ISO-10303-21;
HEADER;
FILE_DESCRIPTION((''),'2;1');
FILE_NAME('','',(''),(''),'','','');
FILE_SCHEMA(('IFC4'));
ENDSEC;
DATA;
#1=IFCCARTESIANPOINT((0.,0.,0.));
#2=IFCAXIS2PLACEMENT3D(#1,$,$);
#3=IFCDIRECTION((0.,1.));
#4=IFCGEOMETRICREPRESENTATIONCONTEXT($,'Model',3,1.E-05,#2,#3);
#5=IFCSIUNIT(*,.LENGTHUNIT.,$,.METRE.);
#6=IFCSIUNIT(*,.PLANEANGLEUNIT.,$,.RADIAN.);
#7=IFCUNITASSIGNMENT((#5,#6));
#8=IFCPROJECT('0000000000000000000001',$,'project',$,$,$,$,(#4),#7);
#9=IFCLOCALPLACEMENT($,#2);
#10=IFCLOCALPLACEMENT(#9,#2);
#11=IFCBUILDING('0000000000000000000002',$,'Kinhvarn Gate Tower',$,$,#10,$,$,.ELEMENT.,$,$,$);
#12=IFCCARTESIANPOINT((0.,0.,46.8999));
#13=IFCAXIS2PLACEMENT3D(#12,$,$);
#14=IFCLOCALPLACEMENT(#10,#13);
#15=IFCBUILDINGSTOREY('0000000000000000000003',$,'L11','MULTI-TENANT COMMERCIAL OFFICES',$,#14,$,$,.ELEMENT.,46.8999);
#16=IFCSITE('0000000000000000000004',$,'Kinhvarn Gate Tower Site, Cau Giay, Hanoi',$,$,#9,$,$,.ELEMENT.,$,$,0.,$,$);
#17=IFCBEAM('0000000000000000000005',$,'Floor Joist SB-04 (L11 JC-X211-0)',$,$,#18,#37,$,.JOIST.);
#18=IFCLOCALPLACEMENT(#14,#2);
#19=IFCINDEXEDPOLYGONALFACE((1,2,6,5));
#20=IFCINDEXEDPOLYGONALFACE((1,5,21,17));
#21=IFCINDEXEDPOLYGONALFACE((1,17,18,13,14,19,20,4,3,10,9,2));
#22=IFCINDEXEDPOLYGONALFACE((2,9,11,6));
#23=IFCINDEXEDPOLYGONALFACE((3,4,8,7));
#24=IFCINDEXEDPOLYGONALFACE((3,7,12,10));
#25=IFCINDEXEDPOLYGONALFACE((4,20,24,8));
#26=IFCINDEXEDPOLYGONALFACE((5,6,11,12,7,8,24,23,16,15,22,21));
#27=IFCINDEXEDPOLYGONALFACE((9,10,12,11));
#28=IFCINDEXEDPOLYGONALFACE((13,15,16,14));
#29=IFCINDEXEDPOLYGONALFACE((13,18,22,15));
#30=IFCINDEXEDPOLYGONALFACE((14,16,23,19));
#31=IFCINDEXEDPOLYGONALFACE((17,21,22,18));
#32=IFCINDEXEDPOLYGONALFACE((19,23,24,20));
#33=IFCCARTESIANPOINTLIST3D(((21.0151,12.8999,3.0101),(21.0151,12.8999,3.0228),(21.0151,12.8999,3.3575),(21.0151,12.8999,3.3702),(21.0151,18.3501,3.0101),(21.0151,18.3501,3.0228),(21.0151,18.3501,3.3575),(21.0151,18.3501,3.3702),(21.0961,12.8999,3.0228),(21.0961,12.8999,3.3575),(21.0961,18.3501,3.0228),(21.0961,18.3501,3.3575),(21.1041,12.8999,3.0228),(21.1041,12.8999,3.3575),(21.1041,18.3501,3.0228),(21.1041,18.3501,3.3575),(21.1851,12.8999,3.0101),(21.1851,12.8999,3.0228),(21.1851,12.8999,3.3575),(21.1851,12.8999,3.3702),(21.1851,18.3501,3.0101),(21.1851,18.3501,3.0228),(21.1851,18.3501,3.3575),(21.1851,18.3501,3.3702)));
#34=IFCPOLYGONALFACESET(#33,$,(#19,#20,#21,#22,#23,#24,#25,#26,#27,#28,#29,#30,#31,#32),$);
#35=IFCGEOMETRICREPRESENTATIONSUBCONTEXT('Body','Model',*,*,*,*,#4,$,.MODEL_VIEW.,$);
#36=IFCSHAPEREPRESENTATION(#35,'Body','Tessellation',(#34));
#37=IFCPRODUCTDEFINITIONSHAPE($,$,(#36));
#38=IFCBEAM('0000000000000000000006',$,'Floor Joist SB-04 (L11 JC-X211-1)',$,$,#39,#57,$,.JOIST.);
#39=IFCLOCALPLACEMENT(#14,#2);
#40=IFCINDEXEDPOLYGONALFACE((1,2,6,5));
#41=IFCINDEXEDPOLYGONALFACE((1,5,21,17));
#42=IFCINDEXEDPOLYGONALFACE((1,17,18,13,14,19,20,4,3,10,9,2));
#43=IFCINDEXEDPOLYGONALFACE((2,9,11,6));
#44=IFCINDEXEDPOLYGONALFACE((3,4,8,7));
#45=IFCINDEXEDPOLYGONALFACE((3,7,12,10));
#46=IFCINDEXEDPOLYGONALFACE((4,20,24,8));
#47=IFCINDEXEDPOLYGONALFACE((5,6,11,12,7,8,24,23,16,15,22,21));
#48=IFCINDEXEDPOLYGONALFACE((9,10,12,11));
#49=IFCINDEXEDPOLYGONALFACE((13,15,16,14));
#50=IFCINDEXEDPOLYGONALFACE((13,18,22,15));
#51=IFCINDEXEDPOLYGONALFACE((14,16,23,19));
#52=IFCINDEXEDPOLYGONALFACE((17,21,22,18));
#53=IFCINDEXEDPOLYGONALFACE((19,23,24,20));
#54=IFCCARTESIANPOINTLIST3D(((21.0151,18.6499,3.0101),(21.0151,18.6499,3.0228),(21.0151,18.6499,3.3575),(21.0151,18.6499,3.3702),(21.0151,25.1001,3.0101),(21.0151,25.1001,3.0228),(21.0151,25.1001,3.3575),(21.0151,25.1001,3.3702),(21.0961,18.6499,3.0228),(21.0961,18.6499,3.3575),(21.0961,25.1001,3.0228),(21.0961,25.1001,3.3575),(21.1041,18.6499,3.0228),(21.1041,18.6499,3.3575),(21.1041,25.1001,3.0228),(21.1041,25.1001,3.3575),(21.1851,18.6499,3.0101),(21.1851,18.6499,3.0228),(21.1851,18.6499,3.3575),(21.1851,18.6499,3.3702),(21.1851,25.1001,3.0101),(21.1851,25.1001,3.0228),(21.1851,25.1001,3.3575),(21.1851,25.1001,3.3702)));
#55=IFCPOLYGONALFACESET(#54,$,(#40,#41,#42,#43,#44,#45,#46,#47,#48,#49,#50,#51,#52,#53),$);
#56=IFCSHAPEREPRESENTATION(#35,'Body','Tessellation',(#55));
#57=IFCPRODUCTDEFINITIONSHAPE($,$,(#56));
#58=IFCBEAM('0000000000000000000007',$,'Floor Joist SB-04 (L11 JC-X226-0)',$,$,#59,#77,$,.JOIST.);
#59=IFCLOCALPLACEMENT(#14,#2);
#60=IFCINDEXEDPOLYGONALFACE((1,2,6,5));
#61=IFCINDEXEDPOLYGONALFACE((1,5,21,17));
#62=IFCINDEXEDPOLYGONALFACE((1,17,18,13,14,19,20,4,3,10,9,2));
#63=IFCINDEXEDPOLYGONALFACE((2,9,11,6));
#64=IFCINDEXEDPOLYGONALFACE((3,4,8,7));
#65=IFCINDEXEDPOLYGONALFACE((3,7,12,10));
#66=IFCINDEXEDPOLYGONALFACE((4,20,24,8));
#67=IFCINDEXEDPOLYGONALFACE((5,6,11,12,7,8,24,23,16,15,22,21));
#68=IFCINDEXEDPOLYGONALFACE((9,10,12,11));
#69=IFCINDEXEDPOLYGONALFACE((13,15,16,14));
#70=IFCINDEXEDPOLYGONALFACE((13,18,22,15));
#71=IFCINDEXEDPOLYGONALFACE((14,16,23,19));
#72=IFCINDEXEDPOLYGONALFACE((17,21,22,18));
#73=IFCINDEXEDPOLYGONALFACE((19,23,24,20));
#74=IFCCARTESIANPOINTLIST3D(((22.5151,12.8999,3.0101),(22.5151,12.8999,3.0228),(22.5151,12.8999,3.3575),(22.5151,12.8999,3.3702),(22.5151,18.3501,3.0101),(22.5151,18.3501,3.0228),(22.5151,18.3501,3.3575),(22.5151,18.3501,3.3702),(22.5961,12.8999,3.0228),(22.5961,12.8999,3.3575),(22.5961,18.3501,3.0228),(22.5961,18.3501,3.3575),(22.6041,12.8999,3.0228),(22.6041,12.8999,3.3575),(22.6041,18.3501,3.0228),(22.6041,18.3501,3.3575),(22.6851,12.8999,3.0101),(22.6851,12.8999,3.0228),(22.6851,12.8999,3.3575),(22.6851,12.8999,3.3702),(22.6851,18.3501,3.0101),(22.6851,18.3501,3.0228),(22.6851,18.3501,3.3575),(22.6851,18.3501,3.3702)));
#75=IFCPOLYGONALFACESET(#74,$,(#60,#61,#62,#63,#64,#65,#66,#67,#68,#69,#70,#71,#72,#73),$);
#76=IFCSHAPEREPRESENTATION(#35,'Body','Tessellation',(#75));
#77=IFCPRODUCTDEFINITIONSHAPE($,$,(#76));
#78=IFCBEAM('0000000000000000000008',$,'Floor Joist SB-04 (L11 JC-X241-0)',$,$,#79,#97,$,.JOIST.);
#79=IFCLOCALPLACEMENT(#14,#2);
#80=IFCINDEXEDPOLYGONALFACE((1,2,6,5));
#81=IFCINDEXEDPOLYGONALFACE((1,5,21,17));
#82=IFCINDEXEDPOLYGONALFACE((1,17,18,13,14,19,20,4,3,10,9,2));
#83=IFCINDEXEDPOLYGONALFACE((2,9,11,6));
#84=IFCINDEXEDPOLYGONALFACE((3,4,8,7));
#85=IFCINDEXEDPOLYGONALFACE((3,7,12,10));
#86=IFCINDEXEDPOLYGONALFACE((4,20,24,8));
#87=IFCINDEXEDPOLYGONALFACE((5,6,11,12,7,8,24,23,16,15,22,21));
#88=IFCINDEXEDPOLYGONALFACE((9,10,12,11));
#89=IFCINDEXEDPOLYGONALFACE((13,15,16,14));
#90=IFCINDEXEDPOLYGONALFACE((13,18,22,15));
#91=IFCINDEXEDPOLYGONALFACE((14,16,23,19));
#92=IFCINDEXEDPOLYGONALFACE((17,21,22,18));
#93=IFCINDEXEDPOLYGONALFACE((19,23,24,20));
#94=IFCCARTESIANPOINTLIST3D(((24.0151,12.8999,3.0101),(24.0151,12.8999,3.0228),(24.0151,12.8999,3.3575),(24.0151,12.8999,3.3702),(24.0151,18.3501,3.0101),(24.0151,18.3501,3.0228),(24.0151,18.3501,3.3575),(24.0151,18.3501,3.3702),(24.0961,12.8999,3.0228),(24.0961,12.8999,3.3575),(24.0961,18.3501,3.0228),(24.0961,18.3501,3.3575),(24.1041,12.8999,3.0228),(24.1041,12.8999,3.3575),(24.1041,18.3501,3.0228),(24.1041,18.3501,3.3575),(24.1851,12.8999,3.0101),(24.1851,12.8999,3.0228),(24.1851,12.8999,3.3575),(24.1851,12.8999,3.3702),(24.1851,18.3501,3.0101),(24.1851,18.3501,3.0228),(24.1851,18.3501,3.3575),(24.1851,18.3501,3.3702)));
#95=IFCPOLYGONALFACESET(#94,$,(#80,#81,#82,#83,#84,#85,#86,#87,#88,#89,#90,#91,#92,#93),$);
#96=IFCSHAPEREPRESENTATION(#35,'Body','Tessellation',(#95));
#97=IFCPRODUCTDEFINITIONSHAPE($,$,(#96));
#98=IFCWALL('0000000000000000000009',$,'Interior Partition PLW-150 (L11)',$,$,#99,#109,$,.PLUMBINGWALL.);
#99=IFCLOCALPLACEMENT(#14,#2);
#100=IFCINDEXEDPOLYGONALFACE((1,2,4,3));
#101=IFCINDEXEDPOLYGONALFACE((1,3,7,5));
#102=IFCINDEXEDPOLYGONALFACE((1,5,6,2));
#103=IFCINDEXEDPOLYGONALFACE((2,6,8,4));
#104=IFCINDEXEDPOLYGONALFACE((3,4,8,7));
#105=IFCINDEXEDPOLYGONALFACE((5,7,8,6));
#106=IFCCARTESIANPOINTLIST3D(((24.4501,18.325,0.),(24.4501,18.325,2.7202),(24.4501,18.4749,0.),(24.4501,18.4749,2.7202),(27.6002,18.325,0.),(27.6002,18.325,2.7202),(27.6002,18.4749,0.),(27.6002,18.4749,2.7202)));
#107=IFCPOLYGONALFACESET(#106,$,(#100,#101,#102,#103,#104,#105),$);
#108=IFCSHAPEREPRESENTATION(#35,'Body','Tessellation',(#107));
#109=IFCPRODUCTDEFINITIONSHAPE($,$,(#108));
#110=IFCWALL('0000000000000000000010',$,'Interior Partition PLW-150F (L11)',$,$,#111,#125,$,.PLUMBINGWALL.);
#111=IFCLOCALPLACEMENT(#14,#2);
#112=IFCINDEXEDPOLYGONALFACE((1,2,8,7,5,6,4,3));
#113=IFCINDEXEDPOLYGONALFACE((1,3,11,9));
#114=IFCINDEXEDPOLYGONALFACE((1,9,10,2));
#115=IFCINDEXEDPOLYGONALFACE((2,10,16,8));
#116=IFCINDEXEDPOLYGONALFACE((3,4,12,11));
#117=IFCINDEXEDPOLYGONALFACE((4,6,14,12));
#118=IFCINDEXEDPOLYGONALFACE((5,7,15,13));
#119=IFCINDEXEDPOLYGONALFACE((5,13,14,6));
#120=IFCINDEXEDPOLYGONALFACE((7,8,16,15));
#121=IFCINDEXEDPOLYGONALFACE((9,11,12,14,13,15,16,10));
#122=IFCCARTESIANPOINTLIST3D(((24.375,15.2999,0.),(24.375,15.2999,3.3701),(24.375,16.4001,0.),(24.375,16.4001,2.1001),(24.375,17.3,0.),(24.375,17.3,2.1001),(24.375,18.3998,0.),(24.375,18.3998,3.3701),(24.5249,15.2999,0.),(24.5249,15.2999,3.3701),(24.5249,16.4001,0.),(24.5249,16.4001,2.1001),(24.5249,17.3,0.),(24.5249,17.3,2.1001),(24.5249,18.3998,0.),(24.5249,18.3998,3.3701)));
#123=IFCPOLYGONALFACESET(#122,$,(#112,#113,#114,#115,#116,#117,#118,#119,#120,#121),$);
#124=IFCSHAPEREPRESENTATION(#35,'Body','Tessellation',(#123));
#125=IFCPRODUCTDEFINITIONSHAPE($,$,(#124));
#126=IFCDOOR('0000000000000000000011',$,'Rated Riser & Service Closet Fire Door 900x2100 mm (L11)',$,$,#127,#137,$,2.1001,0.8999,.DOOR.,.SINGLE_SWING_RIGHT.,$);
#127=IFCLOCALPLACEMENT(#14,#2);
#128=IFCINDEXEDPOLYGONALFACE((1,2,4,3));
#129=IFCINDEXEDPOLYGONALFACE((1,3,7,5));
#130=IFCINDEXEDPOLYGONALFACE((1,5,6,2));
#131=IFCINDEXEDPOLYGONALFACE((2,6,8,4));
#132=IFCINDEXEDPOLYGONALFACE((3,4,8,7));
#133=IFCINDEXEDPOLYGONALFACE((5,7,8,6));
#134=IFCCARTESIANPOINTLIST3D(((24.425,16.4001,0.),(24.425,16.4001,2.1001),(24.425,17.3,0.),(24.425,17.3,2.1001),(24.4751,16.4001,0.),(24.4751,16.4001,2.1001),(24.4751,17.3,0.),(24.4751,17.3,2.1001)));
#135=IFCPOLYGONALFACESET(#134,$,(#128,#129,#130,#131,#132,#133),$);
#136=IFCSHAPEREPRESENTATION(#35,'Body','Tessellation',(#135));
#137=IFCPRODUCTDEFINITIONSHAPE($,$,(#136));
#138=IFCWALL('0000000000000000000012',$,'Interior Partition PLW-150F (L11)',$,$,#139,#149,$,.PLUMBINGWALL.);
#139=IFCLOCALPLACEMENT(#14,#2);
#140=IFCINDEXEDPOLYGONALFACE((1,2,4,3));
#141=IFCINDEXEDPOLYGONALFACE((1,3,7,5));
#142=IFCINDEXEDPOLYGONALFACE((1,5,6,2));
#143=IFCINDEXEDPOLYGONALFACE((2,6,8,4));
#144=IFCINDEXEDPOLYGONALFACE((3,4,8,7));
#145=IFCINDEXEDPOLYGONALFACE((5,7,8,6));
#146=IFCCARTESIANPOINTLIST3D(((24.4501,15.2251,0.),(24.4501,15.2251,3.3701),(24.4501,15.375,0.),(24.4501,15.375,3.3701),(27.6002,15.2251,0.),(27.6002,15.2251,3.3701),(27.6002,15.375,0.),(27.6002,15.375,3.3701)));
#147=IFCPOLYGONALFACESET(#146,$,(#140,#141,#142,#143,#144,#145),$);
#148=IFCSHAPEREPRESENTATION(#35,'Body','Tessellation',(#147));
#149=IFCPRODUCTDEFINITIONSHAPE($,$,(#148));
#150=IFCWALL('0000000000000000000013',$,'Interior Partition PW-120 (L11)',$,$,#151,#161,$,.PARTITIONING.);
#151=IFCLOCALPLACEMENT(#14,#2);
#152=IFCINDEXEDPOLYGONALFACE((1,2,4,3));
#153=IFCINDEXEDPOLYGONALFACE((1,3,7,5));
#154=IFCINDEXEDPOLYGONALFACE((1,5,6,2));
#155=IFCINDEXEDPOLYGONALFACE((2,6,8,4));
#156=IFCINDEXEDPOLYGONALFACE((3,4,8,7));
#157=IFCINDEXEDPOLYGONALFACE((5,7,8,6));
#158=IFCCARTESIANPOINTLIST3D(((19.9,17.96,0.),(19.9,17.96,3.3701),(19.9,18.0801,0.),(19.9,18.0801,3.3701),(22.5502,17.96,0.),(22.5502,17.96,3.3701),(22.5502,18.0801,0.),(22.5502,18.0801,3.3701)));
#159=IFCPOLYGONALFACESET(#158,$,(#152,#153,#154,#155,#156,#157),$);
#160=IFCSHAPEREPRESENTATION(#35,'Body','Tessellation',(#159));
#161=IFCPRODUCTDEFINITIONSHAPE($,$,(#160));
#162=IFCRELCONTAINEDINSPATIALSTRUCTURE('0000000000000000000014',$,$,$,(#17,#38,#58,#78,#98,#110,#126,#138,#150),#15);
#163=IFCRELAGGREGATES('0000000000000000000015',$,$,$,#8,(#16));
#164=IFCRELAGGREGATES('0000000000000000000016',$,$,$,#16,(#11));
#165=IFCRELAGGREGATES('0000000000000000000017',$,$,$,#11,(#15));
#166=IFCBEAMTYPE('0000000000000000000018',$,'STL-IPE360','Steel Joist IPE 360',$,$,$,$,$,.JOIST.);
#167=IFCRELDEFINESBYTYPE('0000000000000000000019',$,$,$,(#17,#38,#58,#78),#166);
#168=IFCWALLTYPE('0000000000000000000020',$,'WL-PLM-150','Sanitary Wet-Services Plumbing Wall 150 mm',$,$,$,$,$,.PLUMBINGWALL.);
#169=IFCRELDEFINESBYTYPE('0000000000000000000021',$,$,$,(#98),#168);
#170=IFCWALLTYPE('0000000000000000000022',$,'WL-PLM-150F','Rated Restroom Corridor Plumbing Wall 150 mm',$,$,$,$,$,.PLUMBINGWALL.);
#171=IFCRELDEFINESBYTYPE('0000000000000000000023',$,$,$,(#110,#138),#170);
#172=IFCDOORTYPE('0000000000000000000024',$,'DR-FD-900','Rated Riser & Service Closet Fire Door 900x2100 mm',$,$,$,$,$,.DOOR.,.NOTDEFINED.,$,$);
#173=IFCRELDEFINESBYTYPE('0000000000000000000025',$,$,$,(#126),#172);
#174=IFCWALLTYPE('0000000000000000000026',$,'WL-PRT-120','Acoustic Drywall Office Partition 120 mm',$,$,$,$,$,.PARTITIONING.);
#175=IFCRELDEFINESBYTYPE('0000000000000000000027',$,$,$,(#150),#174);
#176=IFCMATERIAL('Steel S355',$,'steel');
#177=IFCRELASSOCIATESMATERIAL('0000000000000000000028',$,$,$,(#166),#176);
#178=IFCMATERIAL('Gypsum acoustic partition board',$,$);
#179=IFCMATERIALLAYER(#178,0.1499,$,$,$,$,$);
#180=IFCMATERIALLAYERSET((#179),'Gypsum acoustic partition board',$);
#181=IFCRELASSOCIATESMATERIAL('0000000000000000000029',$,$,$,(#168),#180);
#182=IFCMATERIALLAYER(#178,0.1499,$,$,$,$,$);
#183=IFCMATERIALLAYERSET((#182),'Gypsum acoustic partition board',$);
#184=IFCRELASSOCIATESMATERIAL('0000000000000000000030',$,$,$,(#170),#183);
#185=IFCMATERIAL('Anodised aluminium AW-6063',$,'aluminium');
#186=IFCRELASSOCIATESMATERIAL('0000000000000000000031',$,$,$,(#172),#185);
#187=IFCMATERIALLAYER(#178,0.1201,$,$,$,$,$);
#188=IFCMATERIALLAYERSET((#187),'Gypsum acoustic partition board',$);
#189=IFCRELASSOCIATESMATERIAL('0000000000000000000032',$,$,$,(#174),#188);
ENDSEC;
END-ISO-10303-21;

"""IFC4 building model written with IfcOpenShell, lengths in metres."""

from ifc_helpers import new_model, si_unit, direction, frame, frame_2d, origin, origin_2d, place, context, subcontext, project, spatial, rectangle, i_section, extrude, material, layer, layer_set, material_profile, profile_set, type_object, element, fill, save


model = new_model("IFC4")

# Units and contexts
model_context = context("Model", 3, precision=1e-05, world=origin(), true_north=direction((0.0, 1.0)))
body_context = subcontext(model_context, "Body", "Model", "MODEL_VIEW")
ifc_project = project(units=[si_unit("LENGTHUNIT", "METRE"), si_unit("PLANEANGLEUNIT", "RADIAN")], contexts=[model_context])

# Site, building, storey
site_placement = place(None, origin())
site = spatial("IfcSite", under=ifc_project, at=site_placement, Name="Kinhvarn Gate Tower Site, Cau Giay, Hanoi", CompositionType="ELEMENT", RefElevation=0.0)
building_placement = place(site_placement, origin())
building = spatial("IfcBuilding", under=site, at=building_placement, Name="Kinhvarn Gate Tower", CompositionType="ELEMENT")
storey_placement = place(building_placement, frame((0.0, 0.0, 46.8999)))
storey = spatial("IfcBuildingStorey", under=building, at=storey_placement, Name="L11", Description="MULTI-TENANT COMMERCIAL OFFICES", CompositionType="ELEMENT", Elevation=46.8999)

# Beams
ifc_material_1 = material(Name="Steel S355", Category="steel")
ifc_material_profile = material_profile(ifc_material_1, i_section(OverallWidth=0.1699, OverallDepth=0.3601, WebThickness=0.0081, FlangeThickness=0.0127, at=origin_2d()), Name="IPE 360")
ifc_profile_set = profile_set([ifc_material_profile], Name="Steel S355")
beam_type = type_object("IfcBeamType", Name="STL-IPE360", Description="Steel Joist IPE 360", PredefinedType="JOIST", material=ifc_profile_set)
beam_1_placement = place(storey_placement, frame((21.1001, 12.8999, 3.1902), z_axis=(0.0, 1.0, 0.0), x_axis=(-1.0, 0.0, 0.0)))
element("IfcBeam", 1, at=beam_1_placement, inside=storey, type_object=beam_type, Name="Floor Joist SB-04 (L11 JC-X211-0)", PredefinedType="JOIST", context=body_context, shape_type="SweptSolid", body=[
    extrude(i_section(OverallWidth=0.1699, OverallDepth=0.3601, WebThickness=0.0081, FlangeThickness=0.0127, at=origin_2d()), origin(), (0.0, 0.0, 1.0), 5.4502),
])
beam_2_placement = place(storey_placement, frame((21.1001, 18.6499, 3.1902), z_axis=(0.0, 1.0, 0.0), x_axis=(-1.0, 0.0, 0.0)))
element("IfcBeam", 2, at=beam_2_placement, inside=storey, type_object=beam_type, Name="Floor Joist SB-04 (L11 JC-X211-1)", PredefinedType="JOIST", context=body_context, shape_type="SweptSolid", body=[
    extrude(i_section(OverallWidth=0.1699, OverallDepth=0.3601, WebThickness=0.0081, FlangeThickness=0.0127, at=origin_2d()), origin(), (0.0, 0.0, 1.0), 6.4502),
])
for number, where, z_axis, x_axis, name in (
    (3, (22.6001, 12.8999, 3.1902), (0.0, 1.0, 0.0), (-1.0, 0.0, 0.0), "Floor Joist SB-04 (L11 JC-X226-0)"),
    (4, (24.1001, 12.8999, 3.1902), (0.0, 1.0, 0.0), (-1.0, 0.0, 0.0), "Floor Joist SB-04 (L11 JC-X241-0)"),
):
    element("IfcBeam", number, at=place(storey_placement, frame(where, z_axis=z_axis, x_axis=x_axis)), inside=storey, type_object=beam_type, Name=name, PredefinedType="JOIST", context=body_context, shape_type="SweptSolid", body=[
        extrude(i_section(OverallWidth=0.1699, OverallDepth=0.3601, WebThickness=0.0081, FlangeThickness=0.0127, at=origin_2d()), origin(), (0.0, 0.0, 1.0), 5.4502),
    ])

# Wall
ifc_material_2 = material(Name="Gypsum acoustic partition board")
ifc_layer_1 = layer(ifc_material_2, 0.1499)
ifc_layer_set_1 = layer_set([ifc_layer_1], Name="Gypsum acoustic partition board")
wall_type_1 = type_object("IfcWallType", Name="WL-PLM-150", Description="Sanitary Wet-Services Plumbing Wall 150 mm", PredefinedType="PLUMBINGWALL", material=ifc_layer_set_1)
wall_1_placement = place(storey_placement, frame((24.45, 18.3999, 0.0), z_axis=(0.0, 0.0, 1.0), x_axis=(1.0, 0.0, 0.0)))
element("IfcWall", 5, at=wall_1_placement, inside=storey, type_object=wall_type_1, Name="Interior Partition PLW-150 (L11)", PredefinedType="PLUMBINGWALL", context=body_context, shape_type="SweptSolid", body=[
    extrude(rectangle(XDim=3.1501, YDim=0.1499, at=frame_2d((1.5752, 0.0))), origin(), (0.0, 0.0, 1.0), 2.7202),
])

# Wall, opening, door
ifc_layer_2 = layer(ifc_material_2, 0.1499)
ifc_layer_set_2 = layer_set([ifc_layer_2], Name="Gypsum acoustic partition board")
wall_type_2 = type_object("IfcWallType", Name="WL-PLM-150F", Description="Rated Restroom Corridor Plumbing Wall 150 mm", PredefinedType="PLUMBINGWALL", material=ifc_layer_set_2)
wall_2_placement = place(storey_placement, frame((24.45, 15.3, 0.0), z_axis=(0.0, 0.0, 1.0), x_axis=(0.0, 1.0, 0.0)))
wall_2 = element("IfcWall", 6, at=wall_2_placement, inside=storey, type_object=wall_type_2, Name="Interior Partition PLW-150F (L11)", PredefinedType="PLUMBINGWALL", context=body_context, shape_type="SweptSolid", body=[
    extrude(rectangle(XDim=3.0999, YDim=0.1499, at=frame_2d((1.5498, 0.0))), origin(), (0.0, 0.0, 1.0), 3.3701),
])
opening_1_placement = place(wall_2_placement, frame((1.1001, 0.0, 0.0)))
opening_1 = element("IfcOpeningElement", 7, at=opening_1_placement, cuts=wall_2, PredefinedType="OPENING", context=body_context, shape_type="SweptSolid", body=[
    extrude(rectangle(XDim=0.8999, YDim=2.1001, at=frame_2d((0.45, 1.05))), frame((0.0, 0.085, 0.0), z_axis=(0.0, -1.0, 0.0), x_axis=(1.0, 0.0, 0.0)), (0.0, 0.0, 1.0), 0.1699),
])
ifc_material_3 = material(Name="Anodised aluminium AW-6063", Category="aluminium")
door_type_1 = type_object("IfcDoorType", Name="DR-FD-900", Description="Rated Riser & Service Closet Fire Door 900x2100 mm", OperationType="NOTDEFINED", PredefinedType="DOOR", material=ifc_material_3)
door_1_placement = place(opening_1_placement, origin())
door_1 = element("IfcDoor", 8, at=door_1_placement, inside=storey, type_object=door_type_1, Name="Rated Riser & Service Closet Fire Door 900x2100 mm (L11)", OperationType="SINGLE_SWING_RIGHT", OverallHeight=2.1001, OverallWidth=0.8999, PredefinedType="DOOR", context=body_context, shape_type="SweptSolid", body=[
    extrude(rectangle(XDim=0.8999, YDim=2.1001, at=frame_2d((0.45, 1.05))), frame((0.0, 0.0249, 0.0), z_axis=(0.0, -1.0, 0.0), x_axis=(1.0, 0.0, 0.0)), (0.0, 0.0, 1.0), 0.05),
])
fill(opening_1, door_1)

# Walls
wall_3_placement = place(storey_placement, frame((24.45, 15.3, 0.0), z_axis=(0.0, 0.0, 1.0), x_axis=(1.0, 0.0, 0.0)))
element("IfcWall", 9, at=wall_3_placement, inside=storey, type_object=wall_type_2, Name="Interior Partition PLW-150F (L11)", PredefinedType="PLUMBINGWALL", context=body_context, shape_type="SweptSolid", body=[
    extrude(rectangle(XDim=3.1501, YDim=0.1499, at=frame_2d((1.5752, 0.0))), origin(), (0.0, 0.0, 1.0), 3.3701),
])
ifc_layer_3 = layer(ifc_material_2, 0.1201)
ifc_layer_set_3 = layer_set([ifc_layer_3], Name="Gypsum acoustic partition board")
wall_type_3 = type_object("IfcWallType", Name="WL-PRT-120", Description="Acoustic Drywall Office Partition 120 mm", PredefinedType="PARTITIONING", material=ifc_layer_set_3)
wall_4_placement = place(storey_placement, frame((19.8999, 18.02, 0.0), z_axis=(0.0, 0.0, 1.0), x_axis=(1.0, 0.0, 0.0)))
element("IfcWall", 10, at=wall_4_placement, inside=storey, type_object=wall_type_3, Name="Interior Partition PW-120 (L11)", PredefinedType="PARTITIONING", context=body_context, shape_type="SweptSolid", body=[
    extrude(rectangle(XDim=2.6501, YDim=0.1201, at=frame_2d((1.3252, 0.0))), origin(), (0.0, 0.0, 1.0), 3.3701),
])

save(model, "model.ifc")
